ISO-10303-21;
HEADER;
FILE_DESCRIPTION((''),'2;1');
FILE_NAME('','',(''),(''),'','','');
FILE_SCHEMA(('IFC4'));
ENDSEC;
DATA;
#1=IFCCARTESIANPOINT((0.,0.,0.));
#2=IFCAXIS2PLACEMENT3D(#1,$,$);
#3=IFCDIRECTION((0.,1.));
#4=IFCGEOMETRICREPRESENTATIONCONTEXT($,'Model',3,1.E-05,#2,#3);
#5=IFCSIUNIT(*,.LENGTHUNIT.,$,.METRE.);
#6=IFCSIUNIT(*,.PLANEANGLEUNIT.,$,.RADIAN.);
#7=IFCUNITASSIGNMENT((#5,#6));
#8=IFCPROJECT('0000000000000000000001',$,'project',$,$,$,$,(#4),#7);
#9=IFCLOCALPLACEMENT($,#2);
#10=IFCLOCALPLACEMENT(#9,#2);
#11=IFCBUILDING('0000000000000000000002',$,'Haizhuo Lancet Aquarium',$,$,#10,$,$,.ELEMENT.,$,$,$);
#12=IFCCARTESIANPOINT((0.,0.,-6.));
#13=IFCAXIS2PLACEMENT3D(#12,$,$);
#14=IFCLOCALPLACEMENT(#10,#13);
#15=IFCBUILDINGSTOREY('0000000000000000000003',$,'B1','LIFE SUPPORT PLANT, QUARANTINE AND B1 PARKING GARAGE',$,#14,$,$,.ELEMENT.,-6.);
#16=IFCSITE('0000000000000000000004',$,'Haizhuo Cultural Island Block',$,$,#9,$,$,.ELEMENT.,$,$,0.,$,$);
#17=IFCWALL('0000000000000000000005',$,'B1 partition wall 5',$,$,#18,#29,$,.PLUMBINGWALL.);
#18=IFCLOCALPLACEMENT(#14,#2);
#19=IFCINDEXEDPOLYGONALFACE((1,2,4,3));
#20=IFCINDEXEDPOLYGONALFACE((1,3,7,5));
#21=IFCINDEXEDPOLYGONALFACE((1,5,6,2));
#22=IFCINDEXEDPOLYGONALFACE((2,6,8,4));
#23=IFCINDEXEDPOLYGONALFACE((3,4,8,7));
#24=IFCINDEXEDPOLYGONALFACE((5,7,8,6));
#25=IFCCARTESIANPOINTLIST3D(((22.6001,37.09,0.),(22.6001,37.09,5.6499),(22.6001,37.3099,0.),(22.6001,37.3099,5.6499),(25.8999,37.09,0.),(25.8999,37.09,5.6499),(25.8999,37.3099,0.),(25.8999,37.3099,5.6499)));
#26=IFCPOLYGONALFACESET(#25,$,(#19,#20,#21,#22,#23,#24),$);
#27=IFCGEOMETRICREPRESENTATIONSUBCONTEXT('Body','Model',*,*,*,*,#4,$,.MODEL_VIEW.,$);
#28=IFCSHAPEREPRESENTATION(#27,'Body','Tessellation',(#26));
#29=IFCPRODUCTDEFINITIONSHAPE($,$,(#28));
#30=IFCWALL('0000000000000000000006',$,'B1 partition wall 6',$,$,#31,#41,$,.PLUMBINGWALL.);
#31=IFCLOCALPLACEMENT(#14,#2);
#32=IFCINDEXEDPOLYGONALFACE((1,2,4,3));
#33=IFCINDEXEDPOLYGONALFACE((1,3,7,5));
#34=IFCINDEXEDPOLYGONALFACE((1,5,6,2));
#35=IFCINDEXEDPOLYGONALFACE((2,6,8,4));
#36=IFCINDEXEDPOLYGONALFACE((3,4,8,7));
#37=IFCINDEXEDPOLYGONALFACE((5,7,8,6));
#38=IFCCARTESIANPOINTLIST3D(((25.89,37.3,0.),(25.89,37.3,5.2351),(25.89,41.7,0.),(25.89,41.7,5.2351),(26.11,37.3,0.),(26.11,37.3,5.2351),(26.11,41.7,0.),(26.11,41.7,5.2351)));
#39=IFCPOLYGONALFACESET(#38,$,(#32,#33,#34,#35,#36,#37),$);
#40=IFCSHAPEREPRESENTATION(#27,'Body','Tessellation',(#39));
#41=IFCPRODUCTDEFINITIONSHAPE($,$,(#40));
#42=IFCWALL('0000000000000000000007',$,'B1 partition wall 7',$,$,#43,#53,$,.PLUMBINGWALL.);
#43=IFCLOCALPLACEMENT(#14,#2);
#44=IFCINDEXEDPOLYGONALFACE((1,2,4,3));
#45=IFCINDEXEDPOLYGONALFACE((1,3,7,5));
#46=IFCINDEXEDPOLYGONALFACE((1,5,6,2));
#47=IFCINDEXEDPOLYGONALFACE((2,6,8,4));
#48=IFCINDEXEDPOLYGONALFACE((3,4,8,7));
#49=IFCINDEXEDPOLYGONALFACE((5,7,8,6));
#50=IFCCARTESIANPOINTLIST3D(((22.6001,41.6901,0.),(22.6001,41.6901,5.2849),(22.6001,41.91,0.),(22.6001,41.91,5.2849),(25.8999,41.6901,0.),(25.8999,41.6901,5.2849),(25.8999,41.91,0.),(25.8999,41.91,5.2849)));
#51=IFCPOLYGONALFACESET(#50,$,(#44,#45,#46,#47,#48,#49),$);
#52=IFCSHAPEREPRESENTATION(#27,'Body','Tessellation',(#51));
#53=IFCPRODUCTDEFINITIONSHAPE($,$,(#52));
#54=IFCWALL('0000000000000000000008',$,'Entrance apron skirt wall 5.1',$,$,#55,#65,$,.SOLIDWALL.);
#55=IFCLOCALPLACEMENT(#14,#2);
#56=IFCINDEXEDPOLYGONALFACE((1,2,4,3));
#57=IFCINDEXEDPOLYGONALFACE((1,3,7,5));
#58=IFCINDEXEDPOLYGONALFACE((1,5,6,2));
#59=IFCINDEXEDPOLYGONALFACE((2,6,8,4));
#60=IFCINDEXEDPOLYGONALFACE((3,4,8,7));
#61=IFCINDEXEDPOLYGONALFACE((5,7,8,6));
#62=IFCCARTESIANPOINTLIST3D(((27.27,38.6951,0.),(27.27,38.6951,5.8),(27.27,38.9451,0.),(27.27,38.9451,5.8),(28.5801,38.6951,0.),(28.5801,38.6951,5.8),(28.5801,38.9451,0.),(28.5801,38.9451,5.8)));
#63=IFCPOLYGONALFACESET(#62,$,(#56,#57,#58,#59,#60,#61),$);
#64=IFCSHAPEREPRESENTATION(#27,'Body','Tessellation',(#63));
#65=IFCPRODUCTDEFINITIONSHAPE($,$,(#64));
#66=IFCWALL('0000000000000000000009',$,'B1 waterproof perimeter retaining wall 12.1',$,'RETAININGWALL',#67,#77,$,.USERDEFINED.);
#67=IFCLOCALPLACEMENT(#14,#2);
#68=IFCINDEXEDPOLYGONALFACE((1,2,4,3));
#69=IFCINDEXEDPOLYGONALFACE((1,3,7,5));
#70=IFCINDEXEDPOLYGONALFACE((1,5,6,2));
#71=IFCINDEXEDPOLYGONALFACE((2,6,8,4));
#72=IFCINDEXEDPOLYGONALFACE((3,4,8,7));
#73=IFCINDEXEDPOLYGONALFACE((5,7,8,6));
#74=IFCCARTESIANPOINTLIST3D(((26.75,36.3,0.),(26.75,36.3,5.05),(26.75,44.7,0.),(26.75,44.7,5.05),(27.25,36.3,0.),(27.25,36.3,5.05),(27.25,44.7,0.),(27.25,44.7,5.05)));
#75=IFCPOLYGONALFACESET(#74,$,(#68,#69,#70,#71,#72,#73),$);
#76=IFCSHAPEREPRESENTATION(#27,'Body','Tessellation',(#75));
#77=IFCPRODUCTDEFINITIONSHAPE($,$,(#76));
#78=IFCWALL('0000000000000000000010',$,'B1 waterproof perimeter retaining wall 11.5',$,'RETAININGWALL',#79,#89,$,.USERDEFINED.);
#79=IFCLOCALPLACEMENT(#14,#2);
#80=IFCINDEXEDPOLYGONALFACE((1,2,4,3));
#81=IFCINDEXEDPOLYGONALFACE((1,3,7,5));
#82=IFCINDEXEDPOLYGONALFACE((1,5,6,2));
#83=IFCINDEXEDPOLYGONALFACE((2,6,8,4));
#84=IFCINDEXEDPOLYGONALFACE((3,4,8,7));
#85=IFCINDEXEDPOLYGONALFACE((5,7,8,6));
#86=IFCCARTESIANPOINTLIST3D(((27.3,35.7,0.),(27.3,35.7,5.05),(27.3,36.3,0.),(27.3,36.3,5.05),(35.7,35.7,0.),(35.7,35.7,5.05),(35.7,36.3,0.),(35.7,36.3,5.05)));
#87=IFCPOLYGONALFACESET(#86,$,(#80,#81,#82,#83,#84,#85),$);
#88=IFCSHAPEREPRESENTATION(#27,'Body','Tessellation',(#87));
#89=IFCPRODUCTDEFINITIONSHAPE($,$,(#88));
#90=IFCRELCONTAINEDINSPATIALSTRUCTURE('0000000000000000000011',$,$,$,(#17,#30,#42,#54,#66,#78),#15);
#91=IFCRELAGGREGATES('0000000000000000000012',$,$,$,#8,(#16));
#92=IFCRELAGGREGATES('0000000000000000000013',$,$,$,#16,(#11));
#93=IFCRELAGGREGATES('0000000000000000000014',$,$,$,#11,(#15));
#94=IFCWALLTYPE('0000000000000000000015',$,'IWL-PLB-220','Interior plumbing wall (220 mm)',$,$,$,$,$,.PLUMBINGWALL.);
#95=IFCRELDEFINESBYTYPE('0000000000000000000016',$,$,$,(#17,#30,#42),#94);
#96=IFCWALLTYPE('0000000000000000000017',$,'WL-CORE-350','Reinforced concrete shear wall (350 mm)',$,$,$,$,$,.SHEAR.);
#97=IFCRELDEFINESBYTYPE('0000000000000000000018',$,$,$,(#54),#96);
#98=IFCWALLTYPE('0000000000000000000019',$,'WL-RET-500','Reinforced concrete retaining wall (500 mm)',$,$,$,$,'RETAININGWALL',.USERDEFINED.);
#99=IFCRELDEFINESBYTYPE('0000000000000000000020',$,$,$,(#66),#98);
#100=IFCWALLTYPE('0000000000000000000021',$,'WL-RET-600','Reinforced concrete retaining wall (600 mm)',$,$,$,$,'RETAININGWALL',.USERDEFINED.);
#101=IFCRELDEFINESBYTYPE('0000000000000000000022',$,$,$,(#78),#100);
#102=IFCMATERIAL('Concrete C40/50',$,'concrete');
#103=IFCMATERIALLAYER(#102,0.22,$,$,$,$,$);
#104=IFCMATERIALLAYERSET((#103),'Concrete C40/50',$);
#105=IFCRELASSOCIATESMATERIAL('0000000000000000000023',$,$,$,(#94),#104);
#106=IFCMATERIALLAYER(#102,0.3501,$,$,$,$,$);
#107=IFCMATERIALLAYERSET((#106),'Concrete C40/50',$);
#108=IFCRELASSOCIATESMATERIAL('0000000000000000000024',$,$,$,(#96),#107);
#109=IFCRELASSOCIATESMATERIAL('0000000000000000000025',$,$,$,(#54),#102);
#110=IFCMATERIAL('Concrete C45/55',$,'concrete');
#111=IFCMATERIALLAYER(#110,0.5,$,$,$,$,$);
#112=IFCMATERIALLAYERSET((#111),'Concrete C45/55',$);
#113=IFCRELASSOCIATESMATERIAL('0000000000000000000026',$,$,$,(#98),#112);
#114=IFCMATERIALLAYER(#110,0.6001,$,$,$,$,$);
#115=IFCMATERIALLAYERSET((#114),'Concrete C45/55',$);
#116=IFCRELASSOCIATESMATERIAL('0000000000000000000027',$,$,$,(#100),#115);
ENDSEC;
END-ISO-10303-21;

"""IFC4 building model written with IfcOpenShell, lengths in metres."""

from ifc_helpers import new_model, si_unit, direction, frame, frame_2d, origin, place, context, subcontext, project, spatial, rectangle, extrude, material, layer, layer_set, type_object, element, save


model = new_model("IFC4")

# Units and contexts
model_context = context("Model", 3, precision=1e-05, world=origin(), true_north=direction((0.0, 1.0)))
body_context = subcontext(model_context, "Body", "Model", "MODEL_VIEW")
ifc_project = project(units=[si_unit("LENGTHUNIT", "METRE"), si_unit("PLANEANGLEUNIT", "RADIAN")], contexts=[model_context])

# Site, building, storey
site_placement = place(None, origin())
site = spatial("IfcSite", under=ifc_project, at=site_placement, Name="Haizhuo Cultural Island Block", CompositionType="ELEMENT", RefElevation=0.0)
building_placement = place(site_placement, origin())
building = spatial("IfcBuilding", under=site, at=building_placement, Name="Haizhuo Lancet Aquarium", CompositionType="ELEMENT")
storey_placement = place(building_placement, frame((0.0, 0.0, -6.0)))
storey = spatial("IfcBuildingStorey", under=building, at=storey_placement, Name="B1", Description="LIFE SUPPORT PLANT, QUARANTINE AND B1 PARKING GARAGE", CompositionType="ELEMENT", Elevation=-6.0)

# Shared definitions
ifc_material_1 = material(Name="Concrete C40/50", Category="concrete")

# Shared definitions
ifc_layer_1 = layer(ifc_material_1, 0.22)
ifc_layer_set_1 = layer_set([ifc_layer_1], Name="Concrete C40/50")
wall_type_1 = type_object("IfcWallType", Name="IWL-PLB-220", Description="Interior plumbing wall (220 mm)", PredefinedType="PLUMBINGWALL", material=ifc_layer_set_1)

# Walls
wall_1_placement = place(storey_placement, frame((22.6001, 37.2, 0.0), z_axis=(0.0, 0.0, 1.0), x_axis=(1.0, 0.0, 0.0)))
element("IfcWall", 1, at=wall_1_placement, inside=storey, type_object=wall_type_1, Name="B1 partition wall 5", PredefinedType="PLUMBINGWALL", context=body_context, shape_type="SweptSolid", body=[
    extrude(rectangle(XDim=3.2998, YDim=0.22, at=frame_2d((1.6499, 0.0))), origin(), (0.0, 0.0, 1.0), 5.6499),
])
wall_2_placement = place(storey_placement, frame((26.0, 37.3, 0.0), z_axis=(0.0, 0.0, 1.0), x_axis=(0.0, 1.0, 0.0)))
element("IfcWall", 2, at=wall_2_placement, inside=storey, type_object=wall_type_1, Name="B1 partition wall 6", PredefinedType="PLUMBINGWALL", context=body_context, shape_type="SweptSolid", body=[
    extrude(rectangle(XDim=4.3999, YDim=0.22, at=frame_2d((2.2, 0.0))), origin(), (0.0, 0.0, 1.0), 5.2351),
])
wall_3_placement = place(storey_placement, frame((25.8999, 41.8, 0.0), z_axis=(0.0, 0.0, 1.0), x_axis=(-1.0, 0.0, 0.0)))
element("IfcWall", 3, at=wall_3_placement, inside=storey, type_object=wall_type_1, Name="B1 partition wall 7", PredefinedType="PLUMBINGWALL", context=body_context, shape_type="SweptSolid", body=[
    extrude(rectangle(XDim=3.2998, YDim=0.22, at=frame_2d((1.6499, 0.0))), origin(), (0.0, 0.0, 1.0), 5.2849),
])
ifc_layer_2 = layer(ifc_material_1, 0.3501)
ifc_layer_set_2 = layer_set([ifc_layer_2], Name="Concrete C40/50")
wall_type_2 = type_object("IfcWallType", Name="WL-CORE-350", Description="Reinforced concrete shear wall (350 mm)", PredefinedType="SHEAR", material=ifc_layer_set_2)
wall_4_placement = place(storey_placement, frame((28.5801, 38.8201, 0.0), z_axis=(0.0, 0.0, 1.0), x_axis=(-1.0, 0.0, 0.0)))
element("IfcWall", 4, at=wall_4_placement, inside=storey, type_object=wall_type_2, material=ifc_material_1, Name="Entrance apron skirt wall 5.1", PredefinedType="SOLIDWALL", context=body_context, shape_type="SweptSolid", body=[
    extrude(rectangle(XDim=1.3101, YDim=0.25, at=frame_2d((0.655, 0.0))), origin(), (0.0, 0.0, 1.0), 5.8),
])
ifc_material_2 = material(Name="Concrete C45/55", Category="concrete")
ifc_layer_3 = layer(ifc_material_2, 0.5)
ifc_layer_set_3 = layer_set([ifc_layer_3], Name="Concrete C45/55")
wall_type_3 = type_object("IfcWallType", Name="WL-RET-500", Description="Reinforced concrete retaining wall (500 mm)", ElementType="RETAININGWALL", PredefinedType="USERDEFINED", material=ifc_layer_set_3)
wall_5_placement = place(storey_placement, frame((27.0, 36.3, 0.0), z_axis=(0.0, 0.0, 1.0), x_axis=(0.0, 1.0, 0.0)))
element("IfcWall", 5, at=wall_5_placement, inside=storey, type_object=wall_type_3, Name="B1 waterproof perimeter retaining wall 12.1", ObjectType="RETAININGWALL", PredefinedType="USERDEFINED", context=body_context, shape_type="SweptSolid", body=[
    extrude(rectangle(XDim=8.3999, YDim=0.5, at=frame_2d((4.2, 0.0))), origin(), (0.0, 0.0, 1.0), 5.05),
])
ifc_layer_4 = layer(ifc_material_2, 0.6001)
ifc_layer_set_4 = layer_set([ifc_layer_4], Name="Concrete C45/55")
wall_type_4 = type_object("IfcWallType", Name="WL-RET-600", Description="Reinforced concrete retaining wall (600 mm)", ElementType="RETAININGWALL", PredefinedType="USERDEFINED", material=ifc_layer_set_4)
wall_6_placement = place(storey_placement, frame((35.7, 36.0, 0.0), z_axis=(0.0, 0.0, 1.0), x_axis=(-1.0, 0.0, 0.0)))
element("IfcWall", 6, at=wall_6_placement, inside=storey, type_object=wall_type_4, Name="B1 waterproof perimeter retaining wall 11.5", ObjectType="RETAININGWALL", PredefinedType="USERDEFINED", context=body_context, shape_type="SweptSolid", body=[
    extrude(rectangle(XDim=8.3999, YDim=0.6001, at=frame_2d((4.2, 0.0))), origin(), (0.0, 0.0, 1.0), 5.05),
])

save(model, "model.ifc")
